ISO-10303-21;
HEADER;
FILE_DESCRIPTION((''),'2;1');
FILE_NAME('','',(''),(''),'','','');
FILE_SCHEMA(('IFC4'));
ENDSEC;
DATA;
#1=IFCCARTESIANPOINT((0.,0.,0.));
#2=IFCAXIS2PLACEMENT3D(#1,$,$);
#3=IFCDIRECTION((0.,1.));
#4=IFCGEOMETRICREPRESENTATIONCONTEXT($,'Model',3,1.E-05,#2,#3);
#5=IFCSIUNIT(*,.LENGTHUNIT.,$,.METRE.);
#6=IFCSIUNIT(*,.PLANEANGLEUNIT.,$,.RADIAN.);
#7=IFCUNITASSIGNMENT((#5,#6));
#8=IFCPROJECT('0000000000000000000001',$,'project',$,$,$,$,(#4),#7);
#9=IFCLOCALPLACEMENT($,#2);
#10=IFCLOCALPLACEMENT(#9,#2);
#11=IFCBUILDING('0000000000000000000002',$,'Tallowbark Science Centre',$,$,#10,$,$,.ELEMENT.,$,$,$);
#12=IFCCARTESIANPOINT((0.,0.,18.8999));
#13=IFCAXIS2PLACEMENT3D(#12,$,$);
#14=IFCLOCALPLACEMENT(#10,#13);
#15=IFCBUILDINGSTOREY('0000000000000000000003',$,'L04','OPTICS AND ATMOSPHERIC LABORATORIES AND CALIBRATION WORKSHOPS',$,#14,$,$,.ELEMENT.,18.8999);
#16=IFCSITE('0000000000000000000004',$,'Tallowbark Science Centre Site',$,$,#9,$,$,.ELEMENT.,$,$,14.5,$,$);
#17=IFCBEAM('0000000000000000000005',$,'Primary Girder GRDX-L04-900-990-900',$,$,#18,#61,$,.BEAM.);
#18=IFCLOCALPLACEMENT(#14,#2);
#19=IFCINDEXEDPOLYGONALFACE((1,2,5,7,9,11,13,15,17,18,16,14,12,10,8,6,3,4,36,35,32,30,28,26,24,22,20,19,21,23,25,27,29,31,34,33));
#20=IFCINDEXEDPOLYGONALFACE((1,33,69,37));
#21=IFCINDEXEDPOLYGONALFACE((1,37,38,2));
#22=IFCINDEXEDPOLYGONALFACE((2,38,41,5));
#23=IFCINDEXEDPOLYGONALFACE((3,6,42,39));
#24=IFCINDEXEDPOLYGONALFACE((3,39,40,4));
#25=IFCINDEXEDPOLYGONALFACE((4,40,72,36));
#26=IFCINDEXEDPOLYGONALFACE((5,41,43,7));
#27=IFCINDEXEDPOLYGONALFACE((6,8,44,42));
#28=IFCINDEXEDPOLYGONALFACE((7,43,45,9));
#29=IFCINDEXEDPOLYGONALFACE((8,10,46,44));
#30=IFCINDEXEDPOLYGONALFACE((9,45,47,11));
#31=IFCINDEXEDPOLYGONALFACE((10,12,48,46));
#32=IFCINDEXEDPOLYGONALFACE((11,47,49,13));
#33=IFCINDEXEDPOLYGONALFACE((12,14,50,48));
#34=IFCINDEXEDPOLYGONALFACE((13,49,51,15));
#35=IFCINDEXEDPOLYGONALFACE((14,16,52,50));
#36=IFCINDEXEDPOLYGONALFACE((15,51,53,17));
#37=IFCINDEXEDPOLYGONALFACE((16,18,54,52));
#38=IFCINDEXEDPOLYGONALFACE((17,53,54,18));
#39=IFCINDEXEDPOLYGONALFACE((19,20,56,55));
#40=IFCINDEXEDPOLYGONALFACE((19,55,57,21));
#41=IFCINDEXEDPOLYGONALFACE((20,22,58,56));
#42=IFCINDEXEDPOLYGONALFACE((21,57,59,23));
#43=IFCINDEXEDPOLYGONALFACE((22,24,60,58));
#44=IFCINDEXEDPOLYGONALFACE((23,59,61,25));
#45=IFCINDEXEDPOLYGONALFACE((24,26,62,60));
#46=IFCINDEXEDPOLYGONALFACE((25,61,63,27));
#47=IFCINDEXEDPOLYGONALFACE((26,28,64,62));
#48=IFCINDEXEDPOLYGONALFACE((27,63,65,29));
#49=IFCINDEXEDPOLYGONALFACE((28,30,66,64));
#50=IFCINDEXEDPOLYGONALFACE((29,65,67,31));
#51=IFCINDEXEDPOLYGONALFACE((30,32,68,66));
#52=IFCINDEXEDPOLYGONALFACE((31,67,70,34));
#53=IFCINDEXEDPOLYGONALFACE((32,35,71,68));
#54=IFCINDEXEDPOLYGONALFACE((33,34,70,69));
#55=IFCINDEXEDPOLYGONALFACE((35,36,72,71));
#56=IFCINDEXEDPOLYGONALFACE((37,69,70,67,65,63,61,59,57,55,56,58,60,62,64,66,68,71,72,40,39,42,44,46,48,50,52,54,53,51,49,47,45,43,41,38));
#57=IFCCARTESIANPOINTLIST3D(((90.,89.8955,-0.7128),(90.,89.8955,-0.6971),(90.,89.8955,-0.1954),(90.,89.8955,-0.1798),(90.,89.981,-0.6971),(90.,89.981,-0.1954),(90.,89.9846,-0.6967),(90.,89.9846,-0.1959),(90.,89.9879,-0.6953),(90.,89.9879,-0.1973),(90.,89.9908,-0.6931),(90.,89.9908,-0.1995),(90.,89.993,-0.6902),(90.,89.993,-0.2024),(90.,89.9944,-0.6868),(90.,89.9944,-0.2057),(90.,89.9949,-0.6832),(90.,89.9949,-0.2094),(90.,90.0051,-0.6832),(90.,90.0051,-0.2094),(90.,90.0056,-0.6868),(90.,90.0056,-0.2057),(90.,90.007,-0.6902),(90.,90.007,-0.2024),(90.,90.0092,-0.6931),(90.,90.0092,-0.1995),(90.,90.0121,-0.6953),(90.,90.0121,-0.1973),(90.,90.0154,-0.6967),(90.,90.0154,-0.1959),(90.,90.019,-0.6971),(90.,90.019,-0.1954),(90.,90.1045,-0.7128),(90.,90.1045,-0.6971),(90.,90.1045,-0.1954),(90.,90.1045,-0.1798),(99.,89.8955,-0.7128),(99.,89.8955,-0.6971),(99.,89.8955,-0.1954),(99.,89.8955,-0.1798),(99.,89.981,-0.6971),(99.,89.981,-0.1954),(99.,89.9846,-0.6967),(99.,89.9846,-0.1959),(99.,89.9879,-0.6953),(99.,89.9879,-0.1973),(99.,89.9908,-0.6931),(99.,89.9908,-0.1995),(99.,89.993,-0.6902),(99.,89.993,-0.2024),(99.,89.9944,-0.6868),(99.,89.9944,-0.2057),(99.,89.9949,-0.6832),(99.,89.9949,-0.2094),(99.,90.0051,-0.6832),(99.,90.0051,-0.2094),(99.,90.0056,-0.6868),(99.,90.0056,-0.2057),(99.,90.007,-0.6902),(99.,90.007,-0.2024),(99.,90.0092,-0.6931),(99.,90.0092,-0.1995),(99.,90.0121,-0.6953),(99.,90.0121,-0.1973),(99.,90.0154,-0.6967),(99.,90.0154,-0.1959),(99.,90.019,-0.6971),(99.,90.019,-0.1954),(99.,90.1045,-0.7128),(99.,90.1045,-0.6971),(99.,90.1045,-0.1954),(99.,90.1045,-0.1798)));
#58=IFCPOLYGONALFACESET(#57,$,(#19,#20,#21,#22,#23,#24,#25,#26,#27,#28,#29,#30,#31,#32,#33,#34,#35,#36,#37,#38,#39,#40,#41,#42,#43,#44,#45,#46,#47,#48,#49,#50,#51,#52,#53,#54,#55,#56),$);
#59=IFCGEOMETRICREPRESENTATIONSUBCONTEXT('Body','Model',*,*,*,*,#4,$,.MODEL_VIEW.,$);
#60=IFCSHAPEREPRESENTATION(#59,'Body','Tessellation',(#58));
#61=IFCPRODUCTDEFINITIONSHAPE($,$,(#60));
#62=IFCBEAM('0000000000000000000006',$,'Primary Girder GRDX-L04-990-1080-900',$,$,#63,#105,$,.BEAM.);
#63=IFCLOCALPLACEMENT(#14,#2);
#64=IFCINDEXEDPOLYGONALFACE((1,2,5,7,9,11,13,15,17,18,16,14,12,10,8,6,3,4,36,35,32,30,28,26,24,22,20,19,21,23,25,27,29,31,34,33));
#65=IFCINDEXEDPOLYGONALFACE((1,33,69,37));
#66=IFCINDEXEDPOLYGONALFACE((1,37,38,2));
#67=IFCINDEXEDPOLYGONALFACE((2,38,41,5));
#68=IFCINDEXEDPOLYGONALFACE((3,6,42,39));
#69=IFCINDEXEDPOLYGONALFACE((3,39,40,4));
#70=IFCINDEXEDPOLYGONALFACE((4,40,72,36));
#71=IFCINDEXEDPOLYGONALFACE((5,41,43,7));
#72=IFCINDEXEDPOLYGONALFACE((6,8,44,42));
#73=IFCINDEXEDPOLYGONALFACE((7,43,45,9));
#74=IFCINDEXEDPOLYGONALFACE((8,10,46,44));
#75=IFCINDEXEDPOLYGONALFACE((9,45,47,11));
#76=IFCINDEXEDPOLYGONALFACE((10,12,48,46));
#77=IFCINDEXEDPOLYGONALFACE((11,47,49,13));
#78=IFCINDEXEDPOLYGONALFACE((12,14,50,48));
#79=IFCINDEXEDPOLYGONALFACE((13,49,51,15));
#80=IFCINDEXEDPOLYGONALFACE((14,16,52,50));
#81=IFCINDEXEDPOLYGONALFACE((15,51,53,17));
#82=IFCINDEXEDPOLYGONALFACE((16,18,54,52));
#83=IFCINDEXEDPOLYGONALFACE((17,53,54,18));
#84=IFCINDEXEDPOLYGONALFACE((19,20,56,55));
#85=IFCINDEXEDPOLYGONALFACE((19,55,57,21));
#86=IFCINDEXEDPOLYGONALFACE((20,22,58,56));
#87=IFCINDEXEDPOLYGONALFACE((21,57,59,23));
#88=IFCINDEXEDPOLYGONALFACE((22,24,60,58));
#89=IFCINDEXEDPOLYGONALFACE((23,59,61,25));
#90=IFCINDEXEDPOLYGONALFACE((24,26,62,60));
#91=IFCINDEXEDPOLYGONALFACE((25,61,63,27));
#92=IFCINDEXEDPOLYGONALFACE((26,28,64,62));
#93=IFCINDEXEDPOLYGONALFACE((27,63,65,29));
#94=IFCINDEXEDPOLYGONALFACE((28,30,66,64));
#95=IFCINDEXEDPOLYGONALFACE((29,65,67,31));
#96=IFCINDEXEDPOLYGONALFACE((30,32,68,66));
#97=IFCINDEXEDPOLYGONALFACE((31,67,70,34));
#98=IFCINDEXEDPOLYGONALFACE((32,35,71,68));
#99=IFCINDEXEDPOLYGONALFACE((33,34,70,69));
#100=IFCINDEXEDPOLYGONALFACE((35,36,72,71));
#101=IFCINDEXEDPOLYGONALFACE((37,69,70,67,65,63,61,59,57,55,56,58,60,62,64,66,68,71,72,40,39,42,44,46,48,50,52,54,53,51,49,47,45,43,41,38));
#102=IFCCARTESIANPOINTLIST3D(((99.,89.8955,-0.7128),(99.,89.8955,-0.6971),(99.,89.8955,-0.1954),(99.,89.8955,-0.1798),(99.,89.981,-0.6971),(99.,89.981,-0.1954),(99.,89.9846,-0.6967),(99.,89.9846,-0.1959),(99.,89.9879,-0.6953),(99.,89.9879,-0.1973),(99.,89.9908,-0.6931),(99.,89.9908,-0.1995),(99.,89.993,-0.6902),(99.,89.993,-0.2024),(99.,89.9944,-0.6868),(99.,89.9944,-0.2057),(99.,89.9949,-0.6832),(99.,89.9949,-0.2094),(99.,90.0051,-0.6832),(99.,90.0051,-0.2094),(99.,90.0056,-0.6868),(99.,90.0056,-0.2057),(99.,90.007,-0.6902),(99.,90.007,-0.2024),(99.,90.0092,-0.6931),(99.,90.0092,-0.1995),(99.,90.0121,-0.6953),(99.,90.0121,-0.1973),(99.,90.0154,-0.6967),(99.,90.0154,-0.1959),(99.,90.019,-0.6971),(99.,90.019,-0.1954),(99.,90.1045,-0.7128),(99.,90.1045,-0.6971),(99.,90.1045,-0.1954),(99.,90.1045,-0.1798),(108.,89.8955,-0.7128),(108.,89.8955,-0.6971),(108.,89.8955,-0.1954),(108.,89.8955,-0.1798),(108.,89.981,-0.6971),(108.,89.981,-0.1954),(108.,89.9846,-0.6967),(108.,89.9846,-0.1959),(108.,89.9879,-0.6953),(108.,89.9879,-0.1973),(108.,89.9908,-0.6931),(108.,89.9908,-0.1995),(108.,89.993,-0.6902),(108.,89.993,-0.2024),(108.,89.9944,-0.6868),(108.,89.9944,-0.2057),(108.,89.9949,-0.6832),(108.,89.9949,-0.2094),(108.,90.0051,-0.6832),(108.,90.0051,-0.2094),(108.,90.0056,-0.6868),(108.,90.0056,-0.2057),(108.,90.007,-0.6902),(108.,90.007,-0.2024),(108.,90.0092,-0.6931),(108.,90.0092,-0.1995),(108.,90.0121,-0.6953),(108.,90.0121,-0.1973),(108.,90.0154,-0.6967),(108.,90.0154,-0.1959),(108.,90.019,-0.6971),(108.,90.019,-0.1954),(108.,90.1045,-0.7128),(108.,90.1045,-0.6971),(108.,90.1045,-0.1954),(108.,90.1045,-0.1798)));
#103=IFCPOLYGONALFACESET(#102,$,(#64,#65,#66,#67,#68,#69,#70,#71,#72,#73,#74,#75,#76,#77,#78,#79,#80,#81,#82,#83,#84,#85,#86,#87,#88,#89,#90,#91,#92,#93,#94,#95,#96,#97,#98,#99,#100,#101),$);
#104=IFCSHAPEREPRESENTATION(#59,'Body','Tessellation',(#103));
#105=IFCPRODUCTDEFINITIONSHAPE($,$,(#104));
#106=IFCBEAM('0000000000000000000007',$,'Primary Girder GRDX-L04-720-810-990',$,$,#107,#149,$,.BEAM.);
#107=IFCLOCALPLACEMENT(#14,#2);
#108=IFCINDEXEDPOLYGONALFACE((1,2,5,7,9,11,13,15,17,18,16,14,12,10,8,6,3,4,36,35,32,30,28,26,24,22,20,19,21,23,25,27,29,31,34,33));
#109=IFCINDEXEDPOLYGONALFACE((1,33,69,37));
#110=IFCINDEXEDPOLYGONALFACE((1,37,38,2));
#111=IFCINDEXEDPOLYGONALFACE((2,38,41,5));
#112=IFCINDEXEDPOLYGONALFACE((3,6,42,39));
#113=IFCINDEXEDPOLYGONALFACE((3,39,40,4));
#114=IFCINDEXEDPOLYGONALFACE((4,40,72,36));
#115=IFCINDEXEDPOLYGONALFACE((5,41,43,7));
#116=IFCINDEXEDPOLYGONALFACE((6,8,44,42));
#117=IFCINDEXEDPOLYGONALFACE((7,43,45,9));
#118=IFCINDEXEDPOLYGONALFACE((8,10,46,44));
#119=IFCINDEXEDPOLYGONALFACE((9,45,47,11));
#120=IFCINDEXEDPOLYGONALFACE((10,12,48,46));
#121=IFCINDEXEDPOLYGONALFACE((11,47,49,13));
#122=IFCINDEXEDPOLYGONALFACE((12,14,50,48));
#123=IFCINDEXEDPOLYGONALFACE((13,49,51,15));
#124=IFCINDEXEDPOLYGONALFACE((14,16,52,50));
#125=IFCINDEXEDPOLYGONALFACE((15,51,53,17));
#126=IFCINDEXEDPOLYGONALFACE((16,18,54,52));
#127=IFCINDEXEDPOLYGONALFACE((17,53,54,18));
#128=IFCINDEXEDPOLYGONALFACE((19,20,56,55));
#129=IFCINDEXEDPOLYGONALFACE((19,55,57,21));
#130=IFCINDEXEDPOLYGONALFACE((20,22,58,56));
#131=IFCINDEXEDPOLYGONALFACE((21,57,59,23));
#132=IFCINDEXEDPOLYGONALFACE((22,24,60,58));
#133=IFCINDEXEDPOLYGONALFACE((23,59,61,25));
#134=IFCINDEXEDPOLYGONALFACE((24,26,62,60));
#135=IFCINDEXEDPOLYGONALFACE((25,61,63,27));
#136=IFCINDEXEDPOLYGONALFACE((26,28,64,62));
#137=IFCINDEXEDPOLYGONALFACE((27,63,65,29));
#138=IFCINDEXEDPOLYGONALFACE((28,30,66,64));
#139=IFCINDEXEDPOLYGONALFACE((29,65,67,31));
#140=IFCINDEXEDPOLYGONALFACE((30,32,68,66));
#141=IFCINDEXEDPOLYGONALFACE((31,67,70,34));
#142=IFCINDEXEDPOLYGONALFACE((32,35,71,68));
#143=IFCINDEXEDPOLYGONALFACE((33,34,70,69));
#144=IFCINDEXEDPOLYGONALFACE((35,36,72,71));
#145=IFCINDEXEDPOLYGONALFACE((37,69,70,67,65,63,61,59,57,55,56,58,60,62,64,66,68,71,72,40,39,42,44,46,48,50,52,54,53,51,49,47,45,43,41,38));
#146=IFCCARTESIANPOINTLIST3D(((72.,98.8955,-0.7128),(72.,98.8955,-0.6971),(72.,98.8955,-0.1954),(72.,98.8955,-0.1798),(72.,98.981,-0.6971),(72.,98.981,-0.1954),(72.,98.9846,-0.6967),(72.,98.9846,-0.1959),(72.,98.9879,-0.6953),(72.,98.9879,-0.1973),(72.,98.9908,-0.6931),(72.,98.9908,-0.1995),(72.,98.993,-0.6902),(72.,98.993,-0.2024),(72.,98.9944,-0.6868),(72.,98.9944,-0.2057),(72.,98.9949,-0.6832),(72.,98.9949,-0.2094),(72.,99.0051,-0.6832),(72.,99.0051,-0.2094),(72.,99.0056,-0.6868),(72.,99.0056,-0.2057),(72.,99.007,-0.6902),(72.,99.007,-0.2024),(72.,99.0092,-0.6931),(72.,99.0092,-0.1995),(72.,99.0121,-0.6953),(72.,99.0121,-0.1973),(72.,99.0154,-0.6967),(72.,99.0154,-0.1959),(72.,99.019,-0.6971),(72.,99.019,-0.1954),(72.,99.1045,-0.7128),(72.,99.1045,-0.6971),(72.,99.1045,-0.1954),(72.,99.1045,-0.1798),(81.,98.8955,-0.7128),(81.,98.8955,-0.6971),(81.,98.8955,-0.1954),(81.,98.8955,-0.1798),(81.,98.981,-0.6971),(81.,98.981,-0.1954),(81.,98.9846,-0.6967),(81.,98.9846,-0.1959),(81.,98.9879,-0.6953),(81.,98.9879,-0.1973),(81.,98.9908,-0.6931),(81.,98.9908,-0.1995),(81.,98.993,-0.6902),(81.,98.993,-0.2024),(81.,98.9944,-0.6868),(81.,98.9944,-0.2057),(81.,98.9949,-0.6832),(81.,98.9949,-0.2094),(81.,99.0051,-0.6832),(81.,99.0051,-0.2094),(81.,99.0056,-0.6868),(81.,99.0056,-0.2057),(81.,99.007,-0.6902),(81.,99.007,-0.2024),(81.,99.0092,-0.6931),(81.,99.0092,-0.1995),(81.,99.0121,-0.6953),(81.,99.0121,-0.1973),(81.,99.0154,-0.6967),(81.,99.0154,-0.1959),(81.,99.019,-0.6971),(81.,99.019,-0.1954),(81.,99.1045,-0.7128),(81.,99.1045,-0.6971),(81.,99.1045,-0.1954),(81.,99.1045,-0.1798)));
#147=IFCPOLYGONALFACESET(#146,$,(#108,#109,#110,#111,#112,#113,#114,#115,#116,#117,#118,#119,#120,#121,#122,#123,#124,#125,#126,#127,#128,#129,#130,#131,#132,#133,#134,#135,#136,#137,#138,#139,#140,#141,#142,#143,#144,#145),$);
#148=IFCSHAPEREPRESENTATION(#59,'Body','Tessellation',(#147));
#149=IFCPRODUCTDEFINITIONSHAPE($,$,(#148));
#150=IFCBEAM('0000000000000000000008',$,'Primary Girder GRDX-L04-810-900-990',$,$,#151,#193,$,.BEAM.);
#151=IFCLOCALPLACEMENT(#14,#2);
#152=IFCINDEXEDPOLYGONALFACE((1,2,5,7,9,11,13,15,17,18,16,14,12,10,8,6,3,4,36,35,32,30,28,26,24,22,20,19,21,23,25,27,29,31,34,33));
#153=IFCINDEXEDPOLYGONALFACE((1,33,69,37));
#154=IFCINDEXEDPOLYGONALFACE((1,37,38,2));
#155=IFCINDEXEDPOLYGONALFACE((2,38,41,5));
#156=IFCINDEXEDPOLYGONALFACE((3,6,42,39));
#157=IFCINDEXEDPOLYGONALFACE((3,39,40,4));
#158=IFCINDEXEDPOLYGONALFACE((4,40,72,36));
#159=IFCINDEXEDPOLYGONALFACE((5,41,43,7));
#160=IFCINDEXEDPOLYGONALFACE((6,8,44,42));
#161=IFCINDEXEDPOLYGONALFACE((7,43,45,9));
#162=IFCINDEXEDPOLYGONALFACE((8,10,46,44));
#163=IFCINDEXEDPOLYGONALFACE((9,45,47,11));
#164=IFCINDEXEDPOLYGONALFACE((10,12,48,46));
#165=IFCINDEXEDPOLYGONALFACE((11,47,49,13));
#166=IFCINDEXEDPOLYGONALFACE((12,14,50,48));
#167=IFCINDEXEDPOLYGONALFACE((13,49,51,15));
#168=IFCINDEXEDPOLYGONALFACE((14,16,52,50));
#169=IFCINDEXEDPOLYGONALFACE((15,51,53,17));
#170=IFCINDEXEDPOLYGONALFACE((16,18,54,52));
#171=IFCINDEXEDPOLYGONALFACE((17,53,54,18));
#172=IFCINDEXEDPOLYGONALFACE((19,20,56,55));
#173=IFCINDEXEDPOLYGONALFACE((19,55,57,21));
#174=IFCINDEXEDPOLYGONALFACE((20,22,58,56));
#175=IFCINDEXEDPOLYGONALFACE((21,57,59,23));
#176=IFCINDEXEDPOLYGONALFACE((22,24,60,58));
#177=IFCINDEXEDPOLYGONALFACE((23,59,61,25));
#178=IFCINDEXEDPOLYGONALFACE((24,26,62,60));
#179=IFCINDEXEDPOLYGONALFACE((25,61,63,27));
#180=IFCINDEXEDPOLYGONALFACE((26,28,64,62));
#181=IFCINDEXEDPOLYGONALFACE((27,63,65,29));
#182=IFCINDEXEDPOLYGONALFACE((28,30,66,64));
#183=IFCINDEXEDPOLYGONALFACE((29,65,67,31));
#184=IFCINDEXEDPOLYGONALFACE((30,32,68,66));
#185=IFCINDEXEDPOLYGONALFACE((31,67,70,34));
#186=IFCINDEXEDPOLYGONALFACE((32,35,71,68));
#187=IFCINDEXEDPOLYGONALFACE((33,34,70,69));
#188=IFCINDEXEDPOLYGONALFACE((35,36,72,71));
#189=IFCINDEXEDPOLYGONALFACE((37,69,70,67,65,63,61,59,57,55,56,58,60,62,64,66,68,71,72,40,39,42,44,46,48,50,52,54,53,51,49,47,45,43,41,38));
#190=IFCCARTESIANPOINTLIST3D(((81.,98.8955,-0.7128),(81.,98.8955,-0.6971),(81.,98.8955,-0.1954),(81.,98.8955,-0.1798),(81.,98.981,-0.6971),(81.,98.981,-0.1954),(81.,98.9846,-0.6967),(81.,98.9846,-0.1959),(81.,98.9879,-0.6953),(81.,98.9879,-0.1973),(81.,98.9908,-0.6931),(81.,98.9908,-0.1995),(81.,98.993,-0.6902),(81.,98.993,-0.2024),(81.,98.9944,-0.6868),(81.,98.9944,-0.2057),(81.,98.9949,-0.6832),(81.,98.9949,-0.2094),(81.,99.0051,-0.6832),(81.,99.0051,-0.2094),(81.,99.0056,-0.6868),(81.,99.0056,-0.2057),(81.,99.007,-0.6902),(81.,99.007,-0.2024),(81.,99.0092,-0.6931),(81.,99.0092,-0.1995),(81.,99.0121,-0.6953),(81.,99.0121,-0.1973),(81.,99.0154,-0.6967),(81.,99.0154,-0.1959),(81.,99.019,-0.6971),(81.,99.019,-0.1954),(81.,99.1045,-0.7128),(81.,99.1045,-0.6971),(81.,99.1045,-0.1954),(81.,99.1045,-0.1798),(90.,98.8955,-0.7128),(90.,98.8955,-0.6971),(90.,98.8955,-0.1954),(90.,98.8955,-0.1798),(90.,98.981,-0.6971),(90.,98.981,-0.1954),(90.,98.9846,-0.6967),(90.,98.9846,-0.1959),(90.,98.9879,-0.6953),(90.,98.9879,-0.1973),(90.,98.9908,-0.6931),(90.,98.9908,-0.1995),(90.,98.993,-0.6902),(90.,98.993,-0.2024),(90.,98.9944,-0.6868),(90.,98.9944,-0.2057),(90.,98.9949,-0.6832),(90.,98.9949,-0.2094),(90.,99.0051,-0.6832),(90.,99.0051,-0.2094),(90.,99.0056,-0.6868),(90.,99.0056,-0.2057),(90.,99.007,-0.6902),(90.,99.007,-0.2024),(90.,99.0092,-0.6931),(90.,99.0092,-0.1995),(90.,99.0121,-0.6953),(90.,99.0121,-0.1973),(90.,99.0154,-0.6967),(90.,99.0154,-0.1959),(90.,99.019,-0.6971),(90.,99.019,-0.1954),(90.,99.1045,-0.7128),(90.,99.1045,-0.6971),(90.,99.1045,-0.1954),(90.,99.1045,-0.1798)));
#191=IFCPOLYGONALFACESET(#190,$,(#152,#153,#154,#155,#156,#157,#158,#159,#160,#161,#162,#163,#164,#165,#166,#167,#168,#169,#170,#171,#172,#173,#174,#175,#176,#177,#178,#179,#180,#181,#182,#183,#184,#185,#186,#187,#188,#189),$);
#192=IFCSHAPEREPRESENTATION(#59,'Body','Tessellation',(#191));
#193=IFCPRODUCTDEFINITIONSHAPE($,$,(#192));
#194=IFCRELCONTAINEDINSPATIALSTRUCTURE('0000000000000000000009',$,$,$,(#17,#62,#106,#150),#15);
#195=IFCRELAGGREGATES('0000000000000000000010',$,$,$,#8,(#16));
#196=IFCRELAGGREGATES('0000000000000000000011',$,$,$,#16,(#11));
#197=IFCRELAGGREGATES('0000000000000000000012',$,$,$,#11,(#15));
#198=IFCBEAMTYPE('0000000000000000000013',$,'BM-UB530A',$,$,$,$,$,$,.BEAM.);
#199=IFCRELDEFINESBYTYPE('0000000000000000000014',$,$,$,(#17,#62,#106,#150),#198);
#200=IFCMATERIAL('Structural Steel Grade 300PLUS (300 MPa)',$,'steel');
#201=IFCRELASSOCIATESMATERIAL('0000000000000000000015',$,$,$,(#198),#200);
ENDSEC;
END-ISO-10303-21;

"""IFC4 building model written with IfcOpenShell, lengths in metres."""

from ifc_helpers import new_model, si_unit, direction, frame, origin, origin_2d, place, context, subcontext, project, spatial, i_section, extrude, material, material_profile, profile_set, type_object, element, save


model = new_model("IFC4")

# Units and contexts
model_context = context("Model", 3, precision=1e-05, world=origin(), true_north=direction((0.0, 1.0)))
body_context = subcontext(model_context, "Body", "Model", "MODEL_VIEW")
ifc_project = project(units=[si_unit("LENGTHUNIT", "METRE"), si_unit("PLANEANGLEUNIT", "RADIAN")], contexts=[model_context])

# Site, building, storey
site_placement = place(None, origin())
site = spatial("IfcSite", under=ifc_project, at=site_placement, Name="Tallowbark Science Centre Site", CompositionType="ELEMENT", RefElevation=14.5)
building_placement = place(site_placement, origin())
building = spatial("IfcBuilding", under=site, at=building_placement, Name="Tallowbark Science Centre", CompositionType="ELEMENT")
storey_placement = place(building_placement, frame((0.0, 0.0, 18.8999)))
storey = spatial("IfcBuildingStorey", under=building, at=storey_placement, Name="L04", Description="OPTICS AND ATMOSPHERIC LABORATORIES AND CALIBRATION WORKSHOPS", CompositionType="ELEMENT", Elevation=18.8999)

# Beams
ifc_material = material(Name="Structural Steel Grade 300PLUS (300 MPa)", Category="steel")
ifc_material_profile_1 = material_profile(ifc_material, i_section(OverallWidth=0.209, OverallDepth=0.533, WebThickness=0.0103, FlangeThickness=0.0156, FilletRadius=0.0139, at=origin_2d()), Name="530UB92.4")
ifc_profile_set_1 = profile_set([ifc_material_profile_1], Name="Structural Steel Grade 300PLUS (300 MPa)")
beam_type_1 = type_object("IfcBeamType", Name="BM-UB530A", PredefinedType="BEAM", material=ifc_profile_set_1)
for number, where, z_axis, x_axis, name in (
    (1, (90.0, 90.0, -0.4463), (1.0, 0.0, 0.0), (0.0, 1.0, 0.0), "Primary Girder GRDX-L04-900-990-900"),
    (2, (99.0, 90.0, -0.4463), (1.0, 0.0, 0.0), (0.0, 1.0, 0.0), "Primary Girder GRDX-L04-990-1080-900"),
    (3, (72.0, 99.0, -0.4463), (1.0, 0.0, 0.0), (0.0, 1.0, 0.0), "Primary Girder GRDX-L04-720-810-990"),
    (4, (81.0, 99.0, -0.4463), (1.0, 0.0, 0.0), (0.0, 1.0, 0.0), "Primary Girder GRDX-L04-810-900-990"),
):
    element("IfcBeam", number, at=place(storey_placement, frame(where, z_axis=z_axis, x_axis=x_axis)), inside=storey, type_object=beam_type_1, Name=name, PredefinedType="BEAM", context=body_context, shape_type="SweptSolid", body=[
        extrude(i_section(OverallWidth=0.209, OverallDepth=0.533, WebThickness=0.0103, FlangeThickness=0.0156, FilletRadius=0.0139, at=origin_2d()), origin(), (0.0, 0.0, 1.0), 9.0),
    ])

save(model, "model.ifc")
